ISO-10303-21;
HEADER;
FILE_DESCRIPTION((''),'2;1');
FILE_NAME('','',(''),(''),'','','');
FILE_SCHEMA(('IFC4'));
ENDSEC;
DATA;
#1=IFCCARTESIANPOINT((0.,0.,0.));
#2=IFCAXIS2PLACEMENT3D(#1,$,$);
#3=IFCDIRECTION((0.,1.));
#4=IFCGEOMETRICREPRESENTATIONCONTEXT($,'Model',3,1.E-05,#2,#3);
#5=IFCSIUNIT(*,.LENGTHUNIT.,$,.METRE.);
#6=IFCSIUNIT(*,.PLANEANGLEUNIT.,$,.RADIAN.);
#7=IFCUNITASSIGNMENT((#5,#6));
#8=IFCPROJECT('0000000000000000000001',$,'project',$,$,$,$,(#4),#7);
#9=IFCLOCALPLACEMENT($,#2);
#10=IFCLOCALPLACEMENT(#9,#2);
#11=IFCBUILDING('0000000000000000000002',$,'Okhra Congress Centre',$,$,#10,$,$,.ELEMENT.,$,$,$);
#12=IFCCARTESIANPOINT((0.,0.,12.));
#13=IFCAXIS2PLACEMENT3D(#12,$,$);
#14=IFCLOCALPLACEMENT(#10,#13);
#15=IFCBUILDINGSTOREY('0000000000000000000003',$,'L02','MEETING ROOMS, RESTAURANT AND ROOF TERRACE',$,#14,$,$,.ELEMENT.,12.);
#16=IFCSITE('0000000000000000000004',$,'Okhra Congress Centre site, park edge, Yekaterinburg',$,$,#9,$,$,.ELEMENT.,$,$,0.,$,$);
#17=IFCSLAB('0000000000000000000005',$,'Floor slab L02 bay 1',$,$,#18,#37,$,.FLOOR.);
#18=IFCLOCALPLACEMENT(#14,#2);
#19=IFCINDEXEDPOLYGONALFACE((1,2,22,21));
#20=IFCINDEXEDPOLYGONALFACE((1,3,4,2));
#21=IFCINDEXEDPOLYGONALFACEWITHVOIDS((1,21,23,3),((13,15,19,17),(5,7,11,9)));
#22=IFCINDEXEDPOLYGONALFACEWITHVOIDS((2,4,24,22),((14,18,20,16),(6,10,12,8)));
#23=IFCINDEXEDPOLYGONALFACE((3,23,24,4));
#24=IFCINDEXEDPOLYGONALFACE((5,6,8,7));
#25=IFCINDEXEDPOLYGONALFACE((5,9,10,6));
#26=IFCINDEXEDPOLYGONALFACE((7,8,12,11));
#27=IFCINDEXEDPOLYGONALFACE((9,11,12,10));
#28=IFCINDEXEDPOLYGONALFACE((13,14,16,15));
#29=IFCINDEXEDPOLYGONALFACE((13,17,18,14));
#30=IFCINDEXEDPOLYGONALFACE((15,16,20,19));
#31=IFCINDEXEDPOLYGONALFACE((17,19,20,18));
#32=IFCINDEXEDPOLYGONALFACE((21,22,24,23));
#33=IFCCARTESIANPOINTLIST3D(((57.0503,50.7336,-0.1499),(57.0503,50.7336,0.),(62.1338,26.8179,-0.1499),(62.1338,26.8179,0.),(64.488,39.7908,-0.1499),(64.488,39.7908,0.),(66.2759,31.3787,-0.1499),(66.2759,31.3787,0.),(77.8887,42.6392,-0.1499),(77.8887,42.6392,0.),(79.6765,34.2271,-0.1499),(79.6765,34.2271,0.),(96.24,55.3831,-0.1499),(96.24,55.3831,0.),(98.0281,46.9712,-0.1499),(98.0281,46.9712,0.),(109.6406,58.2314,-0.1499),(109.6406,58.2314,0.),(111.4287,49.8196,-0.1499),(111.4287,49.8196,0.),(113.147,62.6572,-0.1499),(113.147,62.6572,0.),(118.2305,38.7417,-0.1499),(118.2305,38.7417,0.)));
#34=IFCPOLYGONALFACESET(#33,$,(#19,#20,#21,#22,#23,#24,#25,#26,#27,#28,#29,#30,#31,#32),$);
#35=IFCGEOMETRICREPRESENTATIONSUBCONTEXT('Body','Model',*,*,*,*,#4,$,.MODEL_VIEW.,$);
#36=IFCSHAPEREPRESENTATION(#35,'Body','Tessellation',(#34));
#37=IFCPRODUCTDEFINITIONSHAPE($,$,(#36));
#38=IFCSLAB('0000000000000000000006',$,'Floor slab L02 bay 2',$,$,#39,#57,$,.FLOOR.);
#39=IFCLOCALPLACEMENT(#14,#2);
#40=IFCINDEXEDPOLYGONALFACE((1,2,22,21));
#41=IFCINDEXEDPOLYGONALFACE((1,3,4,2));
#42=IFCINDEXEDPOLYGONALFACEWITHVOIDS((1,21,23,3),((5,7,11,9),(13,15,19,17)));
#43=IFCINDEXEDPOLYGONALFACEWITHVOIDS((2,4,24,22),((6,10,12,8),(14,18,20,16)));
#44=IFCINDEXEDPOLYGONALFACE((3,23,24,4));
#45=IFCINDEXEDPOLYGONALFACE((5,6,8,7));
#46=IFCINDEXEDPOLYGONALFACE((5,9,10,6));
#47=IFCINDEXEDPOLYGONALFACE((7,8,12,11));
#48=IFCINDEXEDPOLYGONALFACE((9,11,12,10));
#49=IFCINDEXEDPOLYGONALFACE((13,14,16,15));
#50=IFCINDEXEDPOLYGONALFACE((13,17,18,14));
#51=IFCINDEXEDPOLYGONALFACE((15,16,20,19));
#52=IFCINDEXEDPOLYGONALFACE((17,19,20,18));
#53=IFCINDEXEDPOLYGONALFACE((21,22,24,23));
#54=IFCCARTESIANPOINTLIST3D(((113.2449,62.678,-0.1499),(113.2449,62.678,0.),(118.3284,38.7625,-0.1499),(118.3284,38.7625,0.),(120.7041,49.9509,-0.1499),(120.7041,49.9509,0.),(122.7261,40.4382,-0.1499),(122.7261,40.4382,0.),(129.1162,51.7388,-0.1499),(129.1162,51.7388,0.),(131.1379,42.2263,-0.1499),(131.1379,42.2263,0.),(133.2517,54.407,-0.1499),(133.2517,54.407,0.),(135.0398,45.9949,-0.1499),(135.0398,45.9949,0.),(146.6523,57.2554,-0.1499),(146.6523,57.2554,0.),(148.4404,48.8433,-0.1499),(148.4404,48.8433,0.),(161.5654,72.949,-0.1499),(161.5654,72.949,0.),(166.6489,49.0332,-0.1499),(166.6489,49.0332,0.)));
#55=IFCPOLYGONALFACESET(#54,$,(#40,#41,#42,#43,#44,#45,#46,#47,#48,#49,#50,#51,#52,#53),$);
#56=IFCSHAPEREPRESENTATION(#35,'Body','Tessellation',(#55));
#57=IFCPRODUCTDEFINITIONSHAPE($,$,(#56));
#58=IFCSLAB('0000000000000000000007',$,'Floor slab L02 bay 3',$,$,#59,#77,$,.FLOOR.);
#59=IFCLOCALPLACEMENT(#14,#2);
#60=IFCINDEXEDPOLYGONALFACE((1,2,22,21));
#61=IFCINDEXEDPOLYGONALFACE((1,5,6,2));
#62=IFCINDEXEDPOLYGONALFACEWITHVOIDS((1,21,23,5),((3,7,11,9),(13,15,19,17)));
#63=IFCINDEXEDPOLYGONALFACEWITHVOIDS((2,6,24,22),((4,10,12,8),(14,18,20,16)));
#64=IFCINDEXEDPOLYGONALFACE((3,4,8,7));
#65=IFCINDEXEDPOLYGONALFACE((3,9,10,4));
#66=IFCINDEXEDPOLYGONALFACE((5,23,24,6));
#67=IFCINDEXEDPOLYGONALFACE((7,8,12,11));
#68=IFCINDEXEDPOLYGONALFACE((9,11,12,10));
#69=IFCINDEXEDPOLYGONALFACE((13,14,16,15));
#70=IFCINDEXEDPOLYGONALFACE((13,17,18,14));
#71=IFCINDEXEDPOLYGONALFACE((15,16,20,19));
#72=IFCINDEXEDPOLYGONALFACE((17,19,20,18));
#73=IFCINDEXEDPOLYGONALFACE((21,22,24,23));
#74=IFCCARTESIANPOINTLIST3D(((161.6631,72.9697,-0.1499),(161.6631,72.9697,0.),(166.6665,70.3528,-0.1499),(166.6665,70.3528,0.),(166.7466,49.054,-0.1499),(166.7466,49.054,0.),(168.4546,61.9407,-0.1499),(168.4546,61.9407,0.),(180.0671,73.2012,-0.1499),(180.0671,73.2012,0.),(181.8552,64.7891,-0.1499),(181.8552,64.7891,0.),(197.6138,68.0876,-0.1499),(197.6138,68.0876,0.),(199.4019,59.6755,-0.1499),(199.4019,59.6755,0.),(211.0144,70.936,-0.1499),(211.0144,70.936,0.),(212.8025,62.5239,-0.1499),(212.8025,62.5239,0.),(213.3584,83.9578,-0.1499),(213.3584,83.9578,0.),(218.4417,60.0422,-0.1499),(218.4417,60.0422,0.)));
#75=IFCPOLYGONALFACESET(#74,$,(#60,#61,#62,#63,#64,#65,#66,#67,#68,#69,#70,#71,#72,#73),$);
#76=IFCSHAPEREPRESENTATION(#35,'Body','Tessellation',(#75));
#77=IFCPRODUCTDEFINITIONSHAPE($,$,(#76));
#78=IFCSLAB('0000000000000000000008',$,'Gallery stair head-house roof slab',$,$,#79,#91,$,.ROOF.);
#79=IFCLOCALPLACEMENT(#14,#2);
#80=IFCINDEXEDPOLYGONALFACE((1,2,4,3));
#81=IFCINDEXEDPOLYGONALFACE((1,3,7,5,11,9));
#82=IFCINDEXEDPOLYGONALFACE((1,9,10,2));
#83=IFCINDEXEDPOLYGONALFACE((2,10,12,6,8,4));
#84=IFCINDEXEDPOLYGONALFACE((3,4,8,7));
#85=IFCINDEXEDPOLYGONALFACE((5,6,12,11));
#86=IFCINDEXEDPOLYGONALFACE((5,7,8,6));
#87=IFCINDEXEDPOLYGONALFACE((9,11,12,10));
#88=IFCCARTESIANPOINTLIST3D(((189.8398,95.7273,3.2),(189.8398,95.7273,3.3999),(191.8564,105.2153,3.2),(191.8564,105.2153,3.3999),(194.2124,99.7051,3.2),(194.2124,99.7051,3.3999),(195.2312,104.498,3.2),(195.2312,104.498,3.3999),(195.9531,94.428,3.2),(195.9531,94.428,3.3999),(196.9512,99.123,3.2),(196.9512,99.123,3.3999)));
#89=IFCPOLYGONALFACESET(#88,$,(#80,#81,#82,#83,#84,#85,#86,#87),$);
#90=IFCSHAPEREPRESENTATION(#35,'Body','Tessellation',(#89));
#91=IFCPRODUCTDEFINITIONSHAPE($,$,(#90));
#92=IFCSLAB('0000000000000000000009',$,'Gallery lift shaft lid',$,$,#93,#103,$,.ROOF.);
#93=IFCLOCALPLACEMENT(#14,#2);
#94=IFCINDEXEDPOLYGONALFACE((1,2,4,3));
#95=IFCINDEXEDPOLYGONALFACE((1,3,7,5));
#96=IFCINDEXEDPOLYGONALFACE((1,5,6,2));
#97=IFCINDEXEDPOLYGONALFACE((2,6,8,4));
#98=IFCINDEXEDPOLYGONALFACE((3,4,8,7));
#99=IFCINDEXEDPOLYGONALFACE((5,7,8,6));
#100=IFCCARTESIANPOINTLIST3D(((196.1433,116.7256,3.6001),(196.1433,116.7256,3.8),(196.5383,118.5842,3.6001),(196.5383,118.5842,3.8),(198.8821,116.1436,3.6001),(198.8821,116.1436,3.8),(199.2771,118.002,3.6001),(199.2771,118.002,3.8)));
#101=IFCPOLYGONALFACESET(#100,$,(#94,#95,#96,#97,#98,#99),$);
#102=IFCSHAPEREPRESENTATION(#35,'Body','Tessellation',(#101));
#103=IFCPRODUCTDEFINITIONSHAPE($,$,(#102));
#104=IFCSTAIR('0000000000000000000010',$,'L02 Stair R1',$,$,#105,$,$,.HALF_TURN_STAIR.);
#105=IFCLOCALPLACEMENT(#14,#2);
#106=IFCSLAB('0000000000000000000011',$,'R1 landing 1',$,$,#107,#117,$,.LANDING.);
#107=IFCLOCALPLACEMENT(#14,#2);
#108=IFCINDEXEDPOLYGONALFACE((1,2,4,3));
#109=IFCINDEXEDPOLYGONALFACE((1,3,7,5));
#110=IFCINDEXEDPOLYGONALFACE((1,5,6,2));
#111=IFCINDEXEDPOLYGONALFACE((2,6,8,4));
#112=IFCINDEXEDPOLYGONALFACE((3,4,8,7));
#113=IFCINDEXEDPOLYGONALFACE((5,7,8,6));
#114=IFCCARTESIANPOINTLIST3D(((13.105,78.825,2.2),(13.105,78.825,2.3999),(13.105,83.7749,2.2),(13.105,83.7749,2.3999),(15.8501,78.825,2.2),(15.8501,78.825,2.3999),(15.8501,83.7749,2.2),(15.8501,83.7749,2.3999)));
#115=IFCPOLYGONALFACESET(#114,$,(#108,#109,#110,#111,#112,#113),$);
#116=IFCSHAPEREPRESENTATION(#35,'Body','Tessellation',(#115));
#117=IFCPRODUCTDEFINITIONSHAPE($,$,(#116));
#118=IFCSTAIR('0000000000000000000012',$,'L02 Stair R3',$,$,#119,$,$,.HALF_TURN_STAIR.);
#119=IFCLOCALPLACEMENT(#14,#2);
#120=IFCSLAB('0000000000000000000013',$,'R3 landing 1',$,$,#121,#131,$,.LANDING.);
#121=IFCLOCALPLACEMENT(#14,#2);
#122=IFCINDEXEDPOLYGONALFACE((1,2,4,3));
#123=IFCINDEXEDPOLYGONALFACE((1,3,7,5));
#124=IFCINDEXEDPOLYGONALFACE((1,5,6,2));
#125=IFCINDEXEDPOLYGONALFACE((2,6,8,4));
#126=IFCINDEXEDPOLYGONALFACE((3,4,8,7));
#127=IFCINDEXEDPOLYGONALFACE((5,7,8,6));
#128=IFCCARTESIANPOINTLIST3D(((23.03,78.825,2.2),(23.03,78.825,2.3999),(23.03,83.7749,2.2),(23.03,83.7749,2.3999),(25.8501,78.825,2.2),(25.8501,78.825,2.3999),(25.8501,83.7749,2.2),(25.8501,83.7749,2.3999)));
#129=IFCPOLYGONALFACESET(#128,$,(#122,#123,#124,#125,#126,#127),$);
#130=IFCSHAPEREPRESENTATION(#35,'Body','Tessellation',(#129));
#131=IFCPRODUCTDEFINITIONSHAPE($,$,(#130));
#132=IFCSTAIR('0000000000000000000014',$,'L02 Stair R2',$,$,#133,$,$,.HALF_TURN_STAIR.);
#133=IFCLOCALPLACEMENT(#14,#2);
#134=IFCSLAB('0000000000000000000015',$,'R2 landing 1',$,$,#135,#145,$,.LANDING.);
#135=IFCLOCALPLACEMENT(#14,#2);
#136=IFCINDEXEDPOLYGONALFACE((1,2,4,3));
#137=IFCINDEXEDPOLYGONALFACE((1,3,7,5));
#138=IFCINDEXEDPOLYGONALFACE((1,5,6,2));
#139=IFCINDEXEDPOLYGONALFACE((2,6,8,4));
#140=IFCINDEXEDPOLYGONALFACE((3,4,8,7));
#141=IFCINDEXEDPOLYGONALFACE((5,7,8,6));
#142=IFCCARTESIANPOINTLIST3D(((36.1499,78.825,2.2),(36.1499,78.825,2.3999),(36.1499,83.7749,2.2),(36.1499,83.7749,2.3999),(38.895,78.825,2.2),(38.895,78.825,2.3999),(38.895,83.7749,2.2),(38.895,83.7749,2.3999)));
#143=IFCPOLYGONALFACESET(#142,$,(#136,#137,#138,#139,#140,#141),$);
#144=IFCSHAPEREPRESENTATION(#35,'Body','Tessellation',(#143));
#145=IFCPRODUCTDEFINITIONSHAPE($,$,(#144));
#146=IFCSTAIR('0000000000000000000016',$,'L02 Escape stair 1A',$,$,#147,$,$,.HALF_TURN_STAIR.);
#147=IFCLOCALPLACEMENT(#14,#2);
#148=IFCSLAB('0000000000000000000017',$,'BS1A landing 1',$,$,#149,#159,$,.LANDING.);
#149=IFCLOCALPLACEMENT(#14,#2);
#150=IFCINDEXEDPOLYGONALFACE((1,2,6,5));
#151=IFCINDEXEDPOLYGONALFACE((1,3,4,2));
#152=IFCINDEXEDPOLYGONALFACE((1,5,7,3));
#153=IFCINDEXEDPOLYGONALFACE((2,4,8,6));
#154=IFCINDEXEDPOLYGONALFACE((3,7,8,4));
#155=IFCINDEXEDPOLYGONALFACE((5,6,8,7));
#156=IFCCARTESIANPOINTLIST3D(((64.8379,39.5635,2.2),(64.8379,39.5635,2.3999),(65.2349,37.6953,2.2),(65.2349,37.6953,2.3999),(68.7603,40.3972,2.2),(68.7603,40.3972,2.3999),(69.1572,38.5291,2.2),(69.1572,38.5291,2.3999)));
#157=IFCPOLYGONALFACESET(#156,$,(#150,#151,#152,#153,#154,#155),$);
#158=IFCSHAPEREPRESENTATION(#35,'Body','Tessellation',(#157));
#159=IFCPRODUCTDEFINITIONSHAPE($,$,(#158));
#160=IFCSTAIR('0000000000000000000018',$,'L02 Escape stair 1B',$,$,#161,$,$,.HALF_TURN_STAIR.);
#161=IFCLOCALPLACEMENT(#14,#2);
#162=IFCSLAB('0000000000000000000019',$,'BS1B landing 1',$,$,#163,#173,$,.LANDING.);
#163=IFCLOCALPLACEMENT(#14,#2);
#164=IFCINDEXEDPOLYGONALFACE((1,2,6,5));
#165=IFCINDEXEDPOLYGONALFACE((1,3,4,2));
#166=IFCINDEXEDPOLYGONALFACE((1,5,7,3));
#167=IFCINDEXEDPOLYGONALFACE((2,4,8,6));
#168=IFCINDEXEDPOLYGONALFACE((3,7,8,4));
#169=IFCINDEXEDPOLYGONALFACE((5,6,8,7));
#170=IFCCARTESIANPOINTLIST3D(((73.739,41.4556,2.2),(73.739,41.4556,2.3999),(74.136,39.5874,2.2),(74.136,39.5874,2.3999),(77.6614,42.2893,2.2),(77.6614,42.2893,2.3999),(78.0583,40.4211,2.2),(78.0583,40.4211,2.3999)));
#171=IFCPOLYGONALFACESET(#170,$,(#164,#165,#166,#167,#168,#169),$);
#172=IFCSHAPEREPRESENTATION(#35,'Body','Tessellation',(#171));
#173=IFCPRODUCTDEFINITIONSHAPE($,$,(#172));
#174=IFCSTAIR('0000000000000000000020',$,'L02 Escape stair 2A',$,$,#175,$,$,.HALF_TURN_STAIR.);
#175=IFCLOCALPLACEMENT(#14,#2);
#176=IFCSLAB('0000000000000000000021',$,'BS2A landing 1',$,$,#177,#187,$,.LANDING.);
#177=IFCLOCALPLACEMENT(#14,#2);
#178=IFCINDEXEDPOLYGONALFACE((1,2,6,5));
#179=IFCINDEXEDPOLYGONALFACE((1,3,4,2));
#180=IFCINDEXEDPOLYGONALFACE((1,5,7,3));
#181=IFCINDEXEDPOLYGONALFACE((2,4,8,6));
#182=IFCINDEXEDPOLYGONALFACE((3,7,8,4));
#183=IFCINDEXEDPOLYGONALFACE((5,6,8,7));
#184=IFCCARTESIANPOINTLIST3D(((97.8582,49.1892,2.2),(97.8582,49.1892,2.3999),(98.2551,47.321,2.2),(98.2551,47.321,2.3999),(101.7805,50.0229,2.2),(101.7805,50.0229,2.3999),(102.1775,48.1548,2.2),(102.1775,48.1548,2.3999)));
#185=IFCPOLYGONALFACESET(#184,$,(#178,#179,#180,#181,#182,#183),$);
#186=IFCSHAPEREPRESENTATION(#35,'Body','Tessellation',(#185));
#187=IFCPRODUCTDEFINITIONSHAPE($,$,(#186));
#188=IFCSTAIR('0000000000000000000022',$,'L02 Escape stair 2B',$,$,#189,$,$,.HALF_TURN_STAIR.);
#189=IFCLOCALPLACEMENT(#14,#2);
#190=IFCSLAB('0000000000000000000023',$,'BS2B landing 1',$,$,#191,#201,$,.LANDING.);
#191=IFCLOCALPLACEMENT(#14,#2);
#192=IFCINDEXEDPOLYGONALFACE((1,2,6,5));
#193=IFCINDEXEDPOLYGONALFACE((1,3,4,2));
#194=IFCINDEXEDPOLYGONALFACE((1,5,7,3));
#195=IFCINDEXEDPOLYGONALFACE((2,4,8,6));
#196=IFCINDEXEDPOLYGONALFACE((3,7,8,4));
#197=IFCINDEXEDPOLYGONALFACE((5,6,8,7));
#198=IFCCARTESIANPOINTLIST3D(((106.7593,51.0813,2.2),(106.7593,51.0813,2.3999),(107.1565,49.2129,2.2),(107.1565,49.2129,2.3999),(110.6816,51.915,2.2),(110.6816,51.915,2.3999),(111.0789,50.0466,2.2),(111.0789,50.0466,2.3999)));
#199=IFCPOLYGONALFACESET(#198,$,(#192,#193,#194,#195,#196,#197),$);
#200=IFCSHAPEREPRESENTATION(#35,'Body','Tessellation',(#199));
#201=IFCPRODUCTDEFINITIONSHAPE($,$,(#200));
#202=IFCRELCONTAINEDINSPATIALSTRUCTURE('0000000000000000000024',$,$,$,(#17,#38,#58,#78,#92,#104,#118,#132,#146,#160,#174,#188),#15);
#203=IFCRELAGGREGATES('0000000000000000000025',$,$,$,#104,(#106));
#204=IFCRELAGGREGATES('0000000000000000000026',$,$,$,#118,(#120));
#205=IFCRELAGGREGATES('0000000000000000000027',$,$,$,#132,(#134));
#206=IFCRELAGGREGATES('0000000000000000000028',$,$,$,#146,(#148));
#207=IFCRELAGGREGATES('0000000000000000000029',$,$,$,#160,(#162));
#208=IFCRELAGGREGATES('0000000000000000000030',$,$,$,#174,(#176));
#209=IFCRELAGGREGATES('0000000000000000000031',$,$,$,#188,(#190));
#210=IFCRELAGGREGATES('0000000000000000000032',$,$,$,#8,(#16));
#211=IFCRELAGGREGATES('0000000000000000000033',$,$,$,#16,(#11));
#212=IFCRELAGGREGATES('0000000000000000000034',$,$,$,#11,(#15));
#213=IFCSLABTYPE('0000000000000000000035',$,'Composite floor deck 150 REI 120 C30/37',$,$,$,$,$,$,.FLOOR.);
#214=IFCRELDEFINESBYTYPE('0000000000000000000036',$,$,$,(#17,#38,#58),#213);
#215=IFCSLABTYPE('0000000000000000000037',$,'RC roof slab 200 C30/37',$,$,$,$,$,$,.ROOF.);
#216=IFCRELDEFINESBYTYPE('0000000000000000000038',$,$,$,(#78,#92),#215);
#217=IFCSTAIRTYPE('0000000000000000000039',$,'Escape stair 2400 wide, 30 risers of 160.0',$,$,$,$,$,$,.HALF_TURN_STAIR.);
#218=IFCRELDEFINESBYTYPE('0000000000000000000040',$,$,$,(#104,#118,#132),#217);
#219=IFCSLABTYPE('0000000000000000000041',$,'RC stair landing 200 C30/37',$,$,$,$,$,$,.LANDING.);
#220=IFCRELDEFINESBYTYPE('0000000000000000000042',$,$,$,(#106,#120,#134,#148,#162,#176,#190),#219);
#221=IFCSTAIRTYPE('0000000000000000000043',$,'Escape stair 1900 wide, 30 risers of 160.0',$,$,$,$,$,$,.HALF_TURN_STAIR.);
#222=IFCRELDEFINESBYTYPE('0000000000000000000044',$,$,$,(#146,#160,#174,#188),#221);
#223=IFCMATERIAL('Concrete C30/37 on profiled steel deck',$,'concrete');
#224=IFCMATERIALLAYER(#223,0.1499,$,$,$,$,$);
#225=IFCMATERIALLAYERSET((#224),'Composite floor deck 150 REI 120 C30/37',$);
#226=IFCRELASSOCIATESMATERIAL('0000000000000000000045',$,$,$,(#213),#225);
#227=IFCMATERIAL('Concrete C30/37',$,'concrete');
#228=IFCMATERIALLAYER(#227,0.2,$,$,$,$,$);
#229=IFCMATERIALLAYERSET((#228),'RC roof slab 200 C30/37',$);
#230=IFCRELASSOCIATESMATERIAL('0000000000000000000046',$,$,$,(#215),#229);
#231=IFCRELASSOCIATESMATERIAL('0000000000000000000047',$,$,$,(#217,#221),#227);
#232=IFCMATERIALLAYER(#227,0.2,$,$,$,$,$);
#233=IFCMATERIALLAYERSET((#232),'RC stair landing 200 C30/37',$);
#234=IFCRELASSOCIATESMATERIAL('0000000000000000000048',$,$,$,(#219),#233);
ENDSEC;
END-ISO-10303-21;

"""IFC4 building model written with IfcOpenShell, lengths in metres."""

from ifc_helpers import new_model, si_unit, direction, frame, origin, place, context, subcontext, project, spatial, polyline, outline, extrude, material, layer, layer_set, type_object, element, aggregate, save


model = new_model("IFC4")

# Units and contexts
model_context = context("Model", 3, precision=1e-05, world=origin(), true_north=direction((0.0, 1.0)))
body_context = subcontext(model_context, "Body", "Model", "MODEL_VIEW")
ifc_project = project(units=[si_unit("LENGTHUNIT", "METRE"), si_unit("PLANEANGLEUNIT", "RADIAN")], contexts=[model_context])

# Site, building, storey
site_placement = place(None, origin())
site = spatial("IfcSite", under=ifc_project, at=site_placement, Name="Okhra Congress Centre site, park edge, Yekaterinburg", CompositionType="ELEMENT", RefElevation=0.0)
building_placement = place(site_placement, origin())
building = spatial("IfcBuilding", under=site, at=building_placement, Name="Okhra Congress Centre", CompositionType="ELEMENT")
storey_placement = place(building_placement, frame((0.0, 0.0, 12.0)))
storey = spatial("IfcBuildingStorey", under=building, at=storey_placement, Name="L02", Description="MEETING ROOMS, RESTAURANT AND ROOF TERRACE", CompositionType="ELEMENT", Elevation=12.0)

# Slabs
ifc_material_1 = material(Name="Concrete C30/37 on profiled steel deck", Category="concrete")
ifc_layer_1 = layer(ifc_material_1, 0.1499)
ifc_layer_set_1 = layer_set([ifc_layer_1], Name="Composite floor deck 150 REI 120 C30/37")
slab_type_1 = type_object("IfcSlabType", Name="Composite floor deck 150 REI 120 C30/37", PredefinedType="FLOOR", material=ifc_layer_set_1)
slab_1_placement = place(storey_placement, frame((0.0, 0.0, -0.1499)))
element("IfcSlab", 1, at=slab_1_placement, inside=storey, type_object=slab_type_1, Name="Floor slab L02 bay 1", PredefinedType="FLOOR", context=body_context, shape_type="SweptSolid", body=[
    extrude(outline(polyline([(57.0503, 50.7336), (62.1338, 26.8179), (118.2305, 38.7417), (113.147, 62.6572), (57.0503, 50.7336)]), holes=[polyline([(66.2759, 31.3787), (79.6765, 34.2271), (77.8887, 42.6392), (64.488, 39.7908), (66.2759, 31.3787)]), polyline([(96.24, 55.3831), (98.0281, 46.9712), (111.4287, 49.8196), (109.6406, 58.2314), (96.24, 55.3831)])]), origin(), (0.0, 0.0, 1.0), 0.1499),
])
slab_2_placement = place(storey_placement, frame((0.0, 0.0, -0.1499)))
element("IfcSlab", 2, at=slab_2_placement, inside=storey, type_object=slab_type_1, Name="Floor slab L02 bay 2", PredefinedType="FLOOR", context=body_context, shape_type="SweptSolid", body=[
    extrude(outline(polyline([(113.2449, 62.678), (118.3284, 38.7625), (166.6489, 49.0332), (161.5654, 72.949), (113.2449, 62.678)]), holes=[polyline([(146.6523, 57.2554), (133.2517, 54.407), (135.0398, 45.9949), (148.4404, 48.8433), (146.6523, 57.2554)]), polyline([(120.7041, 49.9509), (122.7261, 40.4382), (131.1379, 42.2263), (129.1162, 51.7388), (120.7041, 49.9509)])]), origin(), (0.0, 0.0, 1.0), 0.1499),
])
slab_3_placement = place(storey_placement, frame((0.0, 0.0, -0.1499)))
element("IfcSlab", 3, at=slab_3_placement, inside=storey, type_object=slab_type_1, Name="Floor slab L02 bay 3", PredefinedType="FLOOR", context=body_context, shape_type="SweptSolid", body=[
    extrude(outline(polyline([(161.6631, 72.9697), (166.7466, 49.054), (218.4417, 60.0422), (213.3584, 83.9578), (161.6631, 72.9697)]), holes=[polyline([(181.8552, 64.7891), (180.0671, 73.2012), (166.6665, 70.3528), (168.4546, 61.9407), (181.8552, 64.7891)]), polyline([(199.4019, 59.6755), (212.8025, 62.5239), (211.0144, 70.936), (197.6138, 68.0876), (199.4019, 59.6755)])]), origin(), (0.0, 0.0, 1.0), 0.1499),
])
ifc_material_2 = material(Name="Concrete C30/37", Category="concrete")
ifc_layer_2 = layer(ifc_material_2, 0.2)
ifc_layer_set_2 = layer_set([ifc_layer_2], Name="RC roof slab 200 C30/37")
slab_type_2 = type_object("IfcSlabType", Name="RC roof slab 200 C30/37", PredefinedType="ROOF", material=ifc_layer_set_2)
slab_4_placement = place(storey_placement, frame((0.0, 0.0, 3.2)))
element("IfcSlab", 4, at=slab_4_placement, inside=storey, type_object=slab_type_2, Name="Gallery stair head-house roof slab", PredefinedType="ROOF", context=body_context, shape_type="SweptSolid", body=[
    extrude(outline(polyline([(189.8398, 95.7273), (195.9531, 94.428), (196.9512, 99.123), (194.2124, 99.7051), (195.2312, 104.498), (191.8564, 105.2153), (189.8398, 95.7273)])), origin(), (0.0, 0.0, 1.0), 0.2),
])
slab_5_placement = place(storey_placement, frame((0.0, 0.0, 3.6001)))
element("IfcSlab", 5, at=slab_5_placement, inside=storey, type_object=slab_type_2, Name="Gallery lift shaft lid", PredefinedType="ROOF", context=body_context, shape_type="SweptSolid", body=[
    extrude(outline(polyline([(196.1433, 116.7256), (198.8821, 116.1436), (199.2771, 118.002), (196.5383, 118.5842), (196.1433, 116.7256)])), origin(), (0.0, 0.0, 1.0), 0.2),
])

# Stairs, slabs
stair_type_1 = type_object("IfcStairType", Name="Escape stair 2400 wide, 30 risers of 160.0", PredefinedType="HALF_TURN_STAIR", material=ifc_material_2)
stair_1_placement = place(storey_placement, origin())
stair_1 = element("IfcStair", 6, at=stair_1_placement, inside=storey, type_object=stair_type_1, Name="L02 Stair R1", PredefinedType="HALF_TURN_STAIR")
ifc_layer_3 = layer(ifc_material_2, 0.2)
ifc_layer_set_3 = layer_set([ifc_layer_3], Name="RC stair landing 200 C30/37")
slab_type_3 = type_object("IfcSlabType", Name="RC stair landing 200 C30/37", PredefinedType="LANDING", material=ifc_layer_set_3)
slab_6_placement = place(storey_placement, frame((0.0, 0.0, 2.2)))
slab_6 = element("IfcSlab", 7, at=slab_6_placement, type_object=slab_type_3, Name="R1 landing 1", PredefinedType="LANDING", context=body_context, shape_type="SweptSolid", body=[
    extrude(outline(polyline([(13.105, 78.825), (15.8501, 78.825), (15.8501, 83.7749), (13.105, 83.7749), (13.105, 78.825)])), origin(), (0.0, 0.0, 1.0), 0.2),
])
aggregate(stair_1, [slab_6])
stair_2_placement = place(storey_placement, origin())
stair_2 = element("IfcStair", 8, at=stair_2_placement, inside=storey, type_object=stair_type_1, Name="L02 Stair R3", PredefinedType="HALF_TURN_STAIR")
slab_7_placement = place(storey_placement, frame((0.0, 0.0, 2.2)))
slab_7 = element("IfcSlab", 9, at=slab_7_placement, type_object=slab_type_3, Name="R3 landing 1", PredefinedType="LANDING", context=body_context, shape_type="SweptSolid", body=[
    extrude(outline(polyline([(23.03, 78.825), (25.8501, 78.825), (25.8501, 83.7749), (23.03, 83.7749), (23.03, 78.825)])), origin(), (0.0, 0.0, 1.0), 0.2),
])
aggregate(stair_2, [slab_7])
stair_3_placement = place(storey_placement, origin())
stair_3 = element("IfcStair", 10, at=stair_3_placement, inside=storey, type_object=stair_type_1, Name="L02 Stair R2", PredefinedType="HALF_TURN_STAIR")
slab_8_placement = place(storey_placement, frame((0.0, 0.0, 2.2)))
slab_8 = element("IfcSlab", 11, at=slab_8_placement, type_object=slab_type_3, Name="R2 landing 1", PredefinedType="LANDING", context=body_context, shape_type="SweptSolid", body=[
    extrude(outline(polyline([(38.895, 83.7749), (36.1499, 83.7749), (36.1499, 78.825), (38.895, 78.825), (38.895, 83.7749)])), origin(), (0.0, 0.0, 1.0), 0.2),
])
aggregate(stair_3, [slab_8])
stair_type_2 = type_object("IfcStairType", Name="Escape stair 1900 wide, 30 risers of 160.0", PredefinedType="HALF_TURN_STAIR", material=ifc_material_2)
stair_4_placement = place(storey_placement, origin())
stair_4 = element("IfcStair", 12, at=stair_4_placement, inside=storey, type_object=stair_type_2, Name="L02 Escape stair 1A", PredefinedType="HALF_TURN_STAIR")
slab_9_placement = place(storey_placement, frame((0.0, 0.0, 2.2)))
slab_9 = element("IfcSlab", 13, at=slab_9_placement, type_object=slab_type_3, Name="BS1A landing 1", PredefinedType="LANDING", context=body_context, shape_type="SweptSolid", body=[
    extrude(outline(polyline([(69.1572, 38.5291), (65.2349, 37.6953), (64.8379, 39.5635), (68.7603, 40.3972), (69.1572, 38.5291)])), origin(), (0.0, 0.0, 1.0), 0.2),
])
aggregate(stair_4, [slab_9])
stair_5_placement = place(storey_placement, origin())
stair_5 = element("IfcStair", 14, at=stair_5_placement, inside=storey, type_object=stair_type_2, Name="L02 Escape stair 1B", PredefinedType="HALF_TURN_STAIR")
slab_10_placement = place(storey_placement, frame((0.0, 0.0, 2.2)))
slab_10 = element("IfcSlab", 15, at=slab_10_placement, type_object=slab_type_3, Name="BS1B landing 1", PredefinedType="LANDING", context=body_context, shape_type="SweptSolid", body=[
    extrude(outline(polyline([(78.0583, 40.4211), (74.136, 39.5874), (73.739, 41.4556), (77.6614, 42.2893), (78.0583, 40.4211)])), origin(), (0.0, 0.0, 1.0), 0.2),
])
aggregate(stair_5, [slab_10])
stair_6_placement = place(storey_placement, origin())
stair_6 = element("IfcStair", 16, at=stair_6_placement, inside=storey, type_object=stair_type_2, Name="L02 Escape stair 2A", PredefinedType="HALF_TURN_STAIR")
slab_11_placement = place(storey_placement, frame((0.0, 0.0, 2.2)))
slab_11 = element("IfcSlab", 17, at=slab_11_placement, type_object=slab_type_3, Name="BS2A landing 1", PredefinedType="LANDING", context=body_context, shape_type="SweptSolid", body=[
    extrude(outline(polyline([(97.8582, 49.1892), (101.7805, 50.0229), (102.1775, 48.1548), (98.2551, 47.321), (97.8582, 49.1892)])), origin(), (0.0, 0.0, 1.0), 0.2),
])
aggregate(stair_6, [slab_11])
stair_7_placement = place(storey_placement, origin())
stair_7 = element("IfcStair", 18, at=stair_7_placement, inside=storey, type_object=stair_type_2, Name="L02 Escape stair 2B", PredefinedType="HALF_TURN_STAIR")
slab_12_placement = place(storey_placement, frame((0.0, 0.0, 2.2)))
slab_12 = element("IfcSlab", 19, at=slab_12_placement, type_object=slab_type_3, Name="BS2B landing 1", PredefinedType="LANDING", context=body_context, shape_type="SweptSolid", body=[
    extrude(outline(polyline([(106.7593, 51.0813), (110.6816, 51.915), (111.0789, 50.0466), (107.1565, 49.2129), (106.7593, 51.0813)])), origin(), (0.0, 0.0, 1.0), 0.2),
])
aggregate(stair_7, [slab_12])

save(model, "model.ifc")
